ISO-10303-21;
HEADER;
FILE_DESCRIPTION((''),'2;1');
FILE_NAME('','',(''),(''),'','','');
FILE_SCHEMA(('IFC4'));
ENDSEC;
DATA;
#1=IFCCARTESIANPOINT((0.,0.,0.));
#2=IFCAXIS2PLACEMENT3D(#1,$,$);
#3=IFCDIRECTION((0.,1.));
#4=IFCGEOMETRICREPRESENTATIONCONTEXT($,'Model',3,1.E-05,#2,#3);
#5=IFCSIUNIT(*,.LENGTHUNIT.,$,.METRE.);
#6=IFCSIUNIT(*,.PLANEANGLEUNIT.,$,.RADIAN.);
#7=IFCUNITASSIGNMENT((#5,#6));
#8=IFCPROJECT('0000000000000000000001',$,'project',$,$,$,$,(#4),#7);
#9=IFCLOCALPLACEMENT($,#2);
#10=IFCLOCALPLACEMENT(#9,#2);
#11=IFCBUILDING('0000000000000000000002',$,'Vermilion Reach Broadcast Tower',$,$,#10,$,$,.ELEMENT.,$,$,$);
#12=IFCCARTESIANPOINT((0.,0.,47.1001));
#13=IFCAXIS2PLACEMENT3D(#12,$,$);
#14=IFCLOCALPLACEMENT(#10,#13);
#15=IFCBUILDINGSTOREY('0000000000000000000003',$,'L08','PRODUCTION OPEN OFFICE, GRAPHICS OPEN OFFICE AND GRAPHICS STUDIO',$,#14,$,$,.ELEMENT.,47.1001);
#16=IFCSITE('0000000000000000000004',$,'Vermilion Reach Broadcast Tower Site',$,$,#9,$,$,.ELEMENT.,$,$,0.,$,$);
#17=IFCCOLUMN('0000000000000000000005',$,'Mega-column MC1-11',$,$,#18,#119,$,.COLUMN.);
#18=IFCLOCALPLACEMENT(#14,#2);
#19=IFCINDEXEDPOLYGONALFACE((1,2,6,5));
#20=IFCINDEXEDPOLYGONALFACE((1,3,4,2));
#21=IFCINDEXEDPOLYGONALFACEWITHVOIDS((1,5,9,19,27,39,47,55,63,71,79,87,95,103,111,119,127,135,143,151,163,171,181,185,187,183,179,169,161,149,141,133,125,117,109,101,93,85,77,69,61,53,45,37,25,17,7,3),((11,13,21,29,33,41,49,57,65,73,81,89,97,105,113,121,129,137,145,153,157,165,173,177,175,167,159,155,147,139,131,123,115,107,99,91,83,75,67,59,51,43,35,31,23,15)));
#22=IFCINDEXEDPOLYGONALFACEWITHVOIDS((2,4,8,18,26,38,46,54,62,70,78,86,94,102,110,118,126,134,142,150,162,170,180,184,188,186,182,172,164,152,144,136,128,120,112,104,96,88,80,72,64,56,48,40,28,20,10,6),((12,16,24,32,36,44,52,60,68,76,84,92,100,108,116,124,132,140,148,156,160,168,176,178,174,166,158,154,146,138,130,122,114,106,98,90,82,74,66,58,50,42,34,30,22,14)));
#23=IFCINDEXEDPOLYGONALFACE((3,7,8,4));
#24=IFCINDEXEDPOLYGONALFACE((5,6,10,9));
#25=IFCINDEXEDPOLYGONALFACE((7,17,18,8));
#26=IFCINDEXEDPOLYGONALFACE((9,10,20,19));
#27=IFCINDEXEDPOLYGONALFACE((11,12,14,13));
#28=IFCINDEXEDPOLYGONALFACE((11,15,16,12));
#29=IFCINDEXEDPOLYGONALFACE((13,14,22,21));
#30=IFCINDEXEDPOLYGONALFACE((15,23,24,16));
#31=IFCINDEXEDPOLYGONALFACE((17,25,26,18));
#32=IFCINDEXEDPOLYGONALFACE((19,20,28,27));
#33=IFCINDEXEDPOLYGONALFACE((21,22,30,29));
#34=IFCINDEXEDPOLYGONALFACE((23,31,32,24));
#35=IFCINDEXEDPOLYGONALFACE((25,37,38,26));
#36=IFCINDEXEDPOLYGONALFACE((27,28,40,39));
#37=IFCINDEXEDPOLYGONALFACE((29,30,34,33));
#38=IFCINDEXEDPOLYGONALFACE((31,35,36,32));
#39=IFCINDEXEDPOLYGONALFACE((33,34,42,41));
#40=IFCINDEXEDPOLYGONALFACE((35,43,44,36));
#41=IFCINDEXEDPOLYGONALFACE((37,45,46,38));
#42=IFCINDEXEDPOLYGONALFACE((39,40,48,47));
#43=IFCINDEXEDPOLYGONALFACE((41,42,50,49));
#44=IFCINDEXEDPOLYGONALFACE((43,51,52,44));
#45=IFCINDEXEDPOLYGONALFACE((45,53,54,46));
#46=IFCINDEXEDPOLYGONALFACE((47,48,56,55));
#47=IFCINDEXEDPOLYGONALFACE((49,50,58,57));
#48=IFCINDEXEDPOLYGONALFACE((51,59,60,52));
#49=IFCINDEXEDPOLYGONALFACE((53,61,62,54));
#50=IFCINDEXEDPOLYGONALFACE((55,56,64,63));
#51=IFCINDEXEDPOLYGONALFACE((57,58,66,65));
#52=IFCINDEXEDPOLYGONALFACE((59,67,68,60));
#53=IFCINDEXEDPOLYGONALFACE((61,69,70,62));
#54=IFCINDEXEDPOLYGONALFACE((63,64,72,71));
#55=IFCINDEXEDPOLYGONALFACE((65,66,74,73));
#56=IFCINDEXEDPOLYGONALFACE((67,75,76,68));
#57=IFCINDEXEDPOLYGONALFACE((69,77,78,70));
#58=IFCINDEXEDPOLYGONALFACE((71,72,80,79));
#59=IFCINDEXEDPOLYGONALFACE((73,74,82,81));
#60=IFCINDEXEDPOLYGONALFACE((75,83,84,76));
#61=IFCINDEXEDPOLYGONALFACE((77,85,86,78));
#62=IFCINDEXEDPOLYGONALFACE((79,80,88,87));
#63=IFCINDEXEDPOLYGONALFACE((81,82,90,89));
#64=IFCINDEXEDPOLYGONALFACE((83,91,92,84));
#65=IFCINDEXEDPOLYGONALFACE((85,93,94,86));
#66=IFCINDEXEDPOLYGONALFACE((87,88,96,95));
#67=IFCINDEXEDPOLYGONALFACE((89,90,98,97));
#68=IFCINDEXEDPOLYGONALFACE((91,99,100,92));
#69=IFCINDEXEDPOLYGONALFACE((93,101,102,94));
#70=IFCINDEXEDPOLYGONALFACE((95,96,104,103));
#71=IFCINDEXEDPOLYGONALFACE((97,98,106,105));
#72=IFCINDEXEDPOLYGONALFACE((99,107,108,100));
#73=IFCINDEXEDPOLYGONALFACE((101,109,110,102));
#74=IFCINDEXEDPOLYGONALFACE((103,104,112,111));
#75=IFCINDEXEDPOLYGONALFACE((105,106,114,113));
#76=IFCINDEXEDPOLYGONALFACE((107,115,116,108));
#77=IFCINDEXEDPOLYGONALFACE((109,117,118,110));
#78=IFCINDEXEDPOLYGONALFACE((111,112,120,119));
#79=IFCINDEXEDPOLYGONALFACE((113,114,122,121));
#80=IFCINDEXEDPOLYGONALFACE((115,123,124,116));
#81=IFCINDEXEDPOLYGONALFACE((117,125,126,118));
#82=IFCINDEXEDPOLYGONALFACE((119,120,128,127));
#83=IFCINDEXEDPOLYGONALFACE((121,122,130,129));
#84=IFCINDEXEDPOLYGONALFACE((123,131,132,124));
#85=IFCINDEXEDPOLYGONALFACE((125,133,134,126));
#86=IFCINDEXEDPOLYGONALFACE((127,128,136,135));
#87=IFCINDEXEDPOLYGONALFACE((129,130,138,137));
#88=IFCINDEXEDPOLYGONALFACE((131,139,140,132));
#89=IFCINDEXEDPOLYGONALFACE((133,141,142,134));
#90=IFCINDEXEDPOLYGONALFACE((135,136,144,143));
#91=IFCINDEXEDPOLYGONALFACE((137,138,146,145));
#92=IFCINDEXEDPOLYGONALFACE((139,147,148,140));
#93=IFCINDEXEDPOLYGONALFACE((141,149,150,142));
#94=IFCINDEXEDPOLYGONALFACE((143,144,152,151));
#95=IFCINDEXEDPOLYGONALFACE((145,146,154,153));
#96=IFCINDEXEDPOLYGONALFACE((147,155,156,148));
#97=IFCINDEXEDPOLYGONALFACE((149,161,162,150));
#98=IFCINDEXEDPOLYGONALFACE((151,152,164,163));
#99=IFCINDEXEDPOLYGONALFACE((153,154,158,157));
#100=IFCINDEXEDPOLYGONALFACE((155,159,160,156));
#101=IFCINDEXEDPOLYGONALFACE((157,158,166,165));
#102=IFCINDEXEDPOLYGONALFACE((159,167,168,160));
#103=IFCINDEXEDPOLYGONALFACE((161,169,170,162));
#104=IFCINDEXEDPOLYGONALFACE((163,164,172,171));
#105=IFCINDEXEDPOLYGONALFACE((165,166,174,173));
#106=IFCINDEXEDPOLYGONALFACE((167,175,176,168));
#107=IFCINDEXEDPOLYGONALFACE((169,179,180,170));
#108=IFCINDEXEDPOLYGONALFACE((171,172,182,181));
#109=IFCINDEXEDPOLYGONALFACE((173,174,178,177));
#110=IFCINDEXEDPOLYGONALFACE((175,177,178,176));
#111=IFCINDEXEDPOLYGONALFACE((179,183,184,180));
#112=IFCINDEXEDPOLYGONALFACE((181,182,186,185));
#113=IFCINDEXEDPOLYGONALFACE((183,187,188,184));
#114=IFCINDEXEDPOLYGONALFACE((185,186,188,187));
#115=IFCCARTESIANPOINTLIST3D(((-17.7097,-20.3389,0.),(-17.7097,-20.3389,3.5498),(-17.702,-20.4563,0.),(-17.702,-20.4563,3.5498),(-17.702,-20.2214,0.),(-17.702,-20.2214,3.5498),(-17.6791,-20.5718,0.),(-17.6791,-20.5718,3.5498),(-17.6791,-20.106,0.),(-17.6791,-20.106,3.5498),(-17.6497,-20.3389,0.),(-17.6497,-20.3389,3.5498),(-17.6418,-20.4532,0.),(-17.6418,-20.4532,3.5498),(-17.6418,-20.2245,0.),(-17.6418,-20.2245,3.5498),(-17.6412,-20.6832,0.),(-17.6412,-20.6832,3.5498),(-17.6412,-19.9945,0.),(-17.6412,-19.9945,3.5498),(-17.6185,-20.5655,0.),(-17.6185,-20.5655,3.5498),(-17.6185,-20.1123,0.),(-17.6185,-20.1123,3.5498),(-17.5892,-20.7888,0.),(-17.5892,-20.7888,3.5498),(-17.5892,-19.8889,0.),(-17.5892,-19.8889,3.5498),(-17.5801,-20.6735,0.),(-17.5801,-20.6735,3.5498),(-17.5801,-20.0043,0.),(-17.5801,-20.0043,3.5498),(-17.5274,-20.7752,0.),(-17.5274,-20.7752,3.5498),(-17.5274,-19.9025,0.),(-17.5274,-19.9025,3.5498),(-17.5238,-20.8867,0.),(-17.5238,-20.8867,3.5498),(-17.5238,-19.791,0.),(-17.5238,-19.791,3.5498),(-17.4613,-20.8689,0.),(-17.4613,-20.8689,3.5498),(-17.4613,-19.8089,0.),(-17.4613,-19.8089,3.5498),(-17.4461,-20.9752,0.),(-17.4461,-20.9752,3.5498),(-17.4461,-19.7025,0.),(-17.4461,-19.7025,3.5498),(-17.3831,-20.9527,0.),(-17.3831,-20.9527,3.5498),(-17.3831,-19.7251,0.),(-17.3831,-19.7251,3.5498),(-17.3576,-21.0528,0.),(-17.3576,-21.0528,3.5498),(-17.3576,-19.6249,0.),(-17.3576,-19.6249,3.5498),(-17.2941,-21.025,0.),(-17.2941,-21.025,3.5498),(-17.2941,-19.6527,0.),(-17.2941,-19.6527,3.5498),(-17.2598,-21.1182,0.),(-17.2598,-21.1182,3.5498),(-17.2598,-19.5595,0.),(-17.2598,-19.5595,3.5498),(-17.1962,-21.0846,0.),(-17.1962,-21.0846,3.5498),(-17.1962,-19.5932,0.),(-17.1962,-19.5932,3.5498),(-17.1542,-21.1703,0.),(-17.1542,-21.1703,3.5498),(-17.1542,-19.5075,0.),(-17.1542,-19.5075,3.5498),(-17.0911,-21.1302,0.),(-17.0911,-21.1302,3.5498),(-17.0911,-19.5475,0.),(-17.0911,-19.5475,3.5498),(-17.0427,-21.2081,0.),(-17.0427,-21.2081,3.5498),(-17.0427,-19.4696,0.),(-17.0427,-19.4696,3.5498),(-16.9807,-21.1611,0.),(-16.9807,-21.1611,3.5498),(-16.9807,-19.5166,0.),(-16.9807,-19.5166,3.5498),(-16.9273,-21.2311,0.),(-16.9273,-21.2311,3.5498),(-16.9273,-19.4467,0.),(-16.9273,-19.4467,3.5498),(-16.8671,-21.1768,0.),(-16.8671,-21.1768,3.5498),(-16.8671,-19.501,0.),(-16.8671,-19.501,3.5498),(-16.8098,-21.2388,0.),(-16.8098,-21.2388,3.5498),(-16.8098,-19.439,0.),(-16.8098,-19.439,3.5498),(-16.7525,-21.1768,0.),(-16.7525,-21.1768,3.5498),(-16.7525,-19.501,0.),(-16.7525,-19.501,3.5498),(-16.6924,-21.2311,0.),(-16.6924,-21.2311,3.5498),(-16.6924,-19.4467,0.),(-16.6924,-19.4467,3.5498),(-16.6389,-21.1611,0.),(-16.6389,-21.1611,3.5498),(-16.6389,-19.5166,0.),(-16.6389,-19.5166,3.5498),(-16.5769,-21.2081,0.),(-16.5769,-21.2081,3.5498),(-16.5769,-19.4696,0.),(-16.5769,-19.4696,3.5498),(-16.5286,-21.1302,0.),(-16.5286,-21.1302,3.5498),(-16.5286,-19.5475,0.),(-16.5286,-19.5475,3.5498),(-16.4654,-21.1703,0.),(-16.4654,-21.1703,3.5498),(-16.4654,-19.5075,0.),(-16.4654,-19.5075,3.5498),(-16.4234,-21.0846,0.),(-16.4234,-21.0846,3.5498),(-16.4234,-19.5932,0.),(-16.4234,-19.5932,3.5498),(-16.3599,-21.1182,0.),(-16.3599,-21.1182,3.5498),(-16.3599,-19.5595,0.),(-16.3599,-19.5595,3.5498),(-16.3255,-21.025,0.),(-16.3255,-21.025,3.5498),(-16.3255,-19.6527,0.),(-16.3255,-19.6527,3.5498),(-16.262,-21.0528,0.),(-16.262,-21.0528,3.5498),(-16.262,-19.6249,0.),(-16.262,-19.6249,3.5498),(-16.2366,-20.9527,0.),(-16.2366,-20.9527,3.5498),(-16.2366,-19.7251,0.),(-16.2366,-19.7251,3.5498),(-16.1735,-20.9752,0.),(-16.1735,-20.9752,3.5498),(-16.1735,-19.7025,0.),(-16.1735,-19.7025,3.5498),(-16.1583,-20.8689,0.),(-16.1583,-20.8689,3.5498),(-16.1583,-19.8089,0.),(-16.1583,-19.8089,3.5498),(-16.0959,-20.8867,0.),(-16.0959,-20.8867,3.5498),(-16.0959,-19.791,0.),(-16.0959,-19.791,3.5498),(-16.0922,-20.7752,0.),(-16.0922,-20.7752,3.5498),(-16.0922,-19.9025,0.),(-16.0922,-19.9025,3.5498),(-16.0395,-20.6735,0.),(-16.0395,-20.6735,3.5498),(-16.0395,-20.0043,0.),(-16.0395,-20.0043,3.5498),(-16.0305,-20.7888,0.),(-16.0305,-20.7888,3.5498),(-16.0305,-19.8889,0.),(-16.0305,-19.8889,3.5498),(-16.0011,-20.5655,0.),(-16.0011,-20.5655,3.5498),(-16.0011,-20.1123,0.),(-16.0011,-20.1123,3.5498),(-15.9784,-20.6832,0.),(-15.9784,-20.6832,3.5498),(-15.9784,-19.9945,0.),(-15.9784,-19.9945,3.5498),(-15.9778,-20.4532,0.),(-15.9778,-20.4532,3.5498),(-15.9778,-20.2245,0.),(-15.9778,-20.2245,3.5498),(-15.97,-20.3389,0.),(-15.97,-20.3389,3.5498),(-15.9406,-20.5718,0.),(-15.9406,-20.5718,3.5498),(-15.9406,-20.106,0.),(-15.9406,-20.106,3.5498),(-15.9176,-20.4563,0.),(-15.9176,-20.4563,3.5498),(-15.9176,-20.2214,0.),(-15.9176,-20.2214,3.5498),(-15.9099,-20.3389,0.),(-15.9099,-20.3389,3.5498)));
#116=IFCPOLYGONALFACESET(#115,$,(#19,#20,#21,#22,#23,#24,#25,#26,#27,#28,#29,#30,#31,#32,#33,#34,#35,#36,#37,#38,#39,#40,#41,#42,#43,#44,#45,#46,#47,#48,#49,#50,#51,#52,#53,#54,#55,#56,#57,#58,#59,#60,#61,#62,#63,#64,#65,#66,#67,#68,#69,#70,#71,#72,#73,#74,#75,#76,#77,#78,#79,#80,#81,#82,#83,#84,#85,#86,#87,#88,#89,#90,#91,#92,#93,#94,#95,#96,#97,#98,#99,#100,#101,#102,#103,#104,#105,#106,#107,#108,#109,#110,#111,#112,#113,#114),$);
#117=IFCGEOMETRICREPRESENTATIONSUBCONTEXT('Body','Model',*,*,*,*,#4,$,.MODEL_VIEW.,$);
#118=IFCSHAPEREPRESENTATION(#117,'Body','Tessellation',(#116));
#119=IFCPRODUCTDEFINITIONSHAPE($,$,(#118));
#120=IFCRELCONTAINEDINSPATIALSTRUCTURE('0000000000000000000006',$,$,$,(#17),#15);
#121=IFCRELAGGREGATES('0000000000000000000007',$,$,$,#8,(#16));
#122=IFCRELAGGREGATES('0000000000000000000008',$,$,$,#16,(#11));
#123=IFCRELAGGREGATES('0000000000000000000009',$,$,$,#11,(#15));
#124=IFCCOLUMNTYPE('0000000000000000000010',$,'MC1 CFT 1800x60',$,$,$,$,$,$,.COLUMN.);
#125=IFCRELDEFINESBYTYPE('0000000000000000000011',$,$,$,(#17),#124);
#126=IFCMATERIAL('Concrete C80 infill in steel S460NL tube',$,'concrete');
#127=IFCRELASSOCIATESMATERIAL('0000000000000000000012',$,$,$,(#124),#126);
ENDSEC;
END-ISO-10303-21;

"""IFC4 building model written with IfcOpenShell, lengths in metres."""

from ifc_helpers import new_model, si_unit, direction, frame, origin, origin_2d, place, context, subcontext, project, spatial, hollow_circle, extrude, material, material_profile, profile_set, type_object, element, save


model = new_model("IFC4")

# Units and contexts
model_context = context("Model", 3, precision=1e-05, world=origin(), true_north=direction((0.0, 1.0)))
body_context = subcontext(model_context, "Body", "Model", "MODEL_VIEW")
ifc_project = project(units=[si_unit("LENGTHUNIT", "METRE"), si_unit("PLANEANGLEUNIT", "RADIAN")], contexts=[model_context])

# Site, building, storey
site_placement = place(None, origin())
site = spatial("IfcSite", under=ifc_project, at=site_placement, Name="Vermilion Reach Broadcast Tower Site", CompositionType="ELEMENT", RefElevation=0.0)
building_placement = place(site_placement, origin())
building = spatial("IfcBuilding", under=site, at=building_placement, Name="Vermilion Reach Broadcast Tower", CompositionType="ELEMENT")
storey_placement = place(building_placement, frame((0.0, 0.0, 47.1001)))
storey = spatial("IfcBuildingStorey", under=building, at=storey_placement, Name="L08", Description="PRODUCTION OPEN OFFICE, GRAPHICS OPEN OFFICE AND GRAPHICS STUDIO", CompositionType="ELEMENT", Elevation=47.1001)

# Column
ifc_material_1 = material(Name="Concrete C80 infill in steel S460NL tube", Category="concrete")
ifc_material_profile_1 = material_profile(ifc_material_1, hollow_circle(Radius=0.8999, WallThickness=0.0601, at=origin_2d()), Name="Concrete C80 infill in steel S460NL tube CFT 1800x60")
ifc_profile_set_1 = profile_set([ifc_material_profile_1], Name="Concrete C80 infill in steel S460NL tube")
column_type = type_object("IfcColumnType", Name="MC1 CFT 1800x60", PredefinedType="COLUMN", material=ifc_profile_set_1)
for number, where, z_axis, x_axis, name in (
    (1, (-16.8098, -20.3389, 0.0), (0.0, 0.0, 1.0), (1.0, 0.0, 0.0), "Mega-column MC1-11"),
):
    element("IfcColumn", number, at=place(storey_placement, frame(where, z_axis=z_axis, x_axis=x_axis)), inside=storey, type_object=column_type, Name=name, PredefinedType="COLUMN", context=body_context, shape_type="SweptSolid", body=[
        extrude(hollow_circle(Radius=0.8999, WallThickness=0.0601, at=origin_2d()), origin(), (0.0, 0.0, 1.0), 3.5498),
    ])

save(model, "model.ifc")
